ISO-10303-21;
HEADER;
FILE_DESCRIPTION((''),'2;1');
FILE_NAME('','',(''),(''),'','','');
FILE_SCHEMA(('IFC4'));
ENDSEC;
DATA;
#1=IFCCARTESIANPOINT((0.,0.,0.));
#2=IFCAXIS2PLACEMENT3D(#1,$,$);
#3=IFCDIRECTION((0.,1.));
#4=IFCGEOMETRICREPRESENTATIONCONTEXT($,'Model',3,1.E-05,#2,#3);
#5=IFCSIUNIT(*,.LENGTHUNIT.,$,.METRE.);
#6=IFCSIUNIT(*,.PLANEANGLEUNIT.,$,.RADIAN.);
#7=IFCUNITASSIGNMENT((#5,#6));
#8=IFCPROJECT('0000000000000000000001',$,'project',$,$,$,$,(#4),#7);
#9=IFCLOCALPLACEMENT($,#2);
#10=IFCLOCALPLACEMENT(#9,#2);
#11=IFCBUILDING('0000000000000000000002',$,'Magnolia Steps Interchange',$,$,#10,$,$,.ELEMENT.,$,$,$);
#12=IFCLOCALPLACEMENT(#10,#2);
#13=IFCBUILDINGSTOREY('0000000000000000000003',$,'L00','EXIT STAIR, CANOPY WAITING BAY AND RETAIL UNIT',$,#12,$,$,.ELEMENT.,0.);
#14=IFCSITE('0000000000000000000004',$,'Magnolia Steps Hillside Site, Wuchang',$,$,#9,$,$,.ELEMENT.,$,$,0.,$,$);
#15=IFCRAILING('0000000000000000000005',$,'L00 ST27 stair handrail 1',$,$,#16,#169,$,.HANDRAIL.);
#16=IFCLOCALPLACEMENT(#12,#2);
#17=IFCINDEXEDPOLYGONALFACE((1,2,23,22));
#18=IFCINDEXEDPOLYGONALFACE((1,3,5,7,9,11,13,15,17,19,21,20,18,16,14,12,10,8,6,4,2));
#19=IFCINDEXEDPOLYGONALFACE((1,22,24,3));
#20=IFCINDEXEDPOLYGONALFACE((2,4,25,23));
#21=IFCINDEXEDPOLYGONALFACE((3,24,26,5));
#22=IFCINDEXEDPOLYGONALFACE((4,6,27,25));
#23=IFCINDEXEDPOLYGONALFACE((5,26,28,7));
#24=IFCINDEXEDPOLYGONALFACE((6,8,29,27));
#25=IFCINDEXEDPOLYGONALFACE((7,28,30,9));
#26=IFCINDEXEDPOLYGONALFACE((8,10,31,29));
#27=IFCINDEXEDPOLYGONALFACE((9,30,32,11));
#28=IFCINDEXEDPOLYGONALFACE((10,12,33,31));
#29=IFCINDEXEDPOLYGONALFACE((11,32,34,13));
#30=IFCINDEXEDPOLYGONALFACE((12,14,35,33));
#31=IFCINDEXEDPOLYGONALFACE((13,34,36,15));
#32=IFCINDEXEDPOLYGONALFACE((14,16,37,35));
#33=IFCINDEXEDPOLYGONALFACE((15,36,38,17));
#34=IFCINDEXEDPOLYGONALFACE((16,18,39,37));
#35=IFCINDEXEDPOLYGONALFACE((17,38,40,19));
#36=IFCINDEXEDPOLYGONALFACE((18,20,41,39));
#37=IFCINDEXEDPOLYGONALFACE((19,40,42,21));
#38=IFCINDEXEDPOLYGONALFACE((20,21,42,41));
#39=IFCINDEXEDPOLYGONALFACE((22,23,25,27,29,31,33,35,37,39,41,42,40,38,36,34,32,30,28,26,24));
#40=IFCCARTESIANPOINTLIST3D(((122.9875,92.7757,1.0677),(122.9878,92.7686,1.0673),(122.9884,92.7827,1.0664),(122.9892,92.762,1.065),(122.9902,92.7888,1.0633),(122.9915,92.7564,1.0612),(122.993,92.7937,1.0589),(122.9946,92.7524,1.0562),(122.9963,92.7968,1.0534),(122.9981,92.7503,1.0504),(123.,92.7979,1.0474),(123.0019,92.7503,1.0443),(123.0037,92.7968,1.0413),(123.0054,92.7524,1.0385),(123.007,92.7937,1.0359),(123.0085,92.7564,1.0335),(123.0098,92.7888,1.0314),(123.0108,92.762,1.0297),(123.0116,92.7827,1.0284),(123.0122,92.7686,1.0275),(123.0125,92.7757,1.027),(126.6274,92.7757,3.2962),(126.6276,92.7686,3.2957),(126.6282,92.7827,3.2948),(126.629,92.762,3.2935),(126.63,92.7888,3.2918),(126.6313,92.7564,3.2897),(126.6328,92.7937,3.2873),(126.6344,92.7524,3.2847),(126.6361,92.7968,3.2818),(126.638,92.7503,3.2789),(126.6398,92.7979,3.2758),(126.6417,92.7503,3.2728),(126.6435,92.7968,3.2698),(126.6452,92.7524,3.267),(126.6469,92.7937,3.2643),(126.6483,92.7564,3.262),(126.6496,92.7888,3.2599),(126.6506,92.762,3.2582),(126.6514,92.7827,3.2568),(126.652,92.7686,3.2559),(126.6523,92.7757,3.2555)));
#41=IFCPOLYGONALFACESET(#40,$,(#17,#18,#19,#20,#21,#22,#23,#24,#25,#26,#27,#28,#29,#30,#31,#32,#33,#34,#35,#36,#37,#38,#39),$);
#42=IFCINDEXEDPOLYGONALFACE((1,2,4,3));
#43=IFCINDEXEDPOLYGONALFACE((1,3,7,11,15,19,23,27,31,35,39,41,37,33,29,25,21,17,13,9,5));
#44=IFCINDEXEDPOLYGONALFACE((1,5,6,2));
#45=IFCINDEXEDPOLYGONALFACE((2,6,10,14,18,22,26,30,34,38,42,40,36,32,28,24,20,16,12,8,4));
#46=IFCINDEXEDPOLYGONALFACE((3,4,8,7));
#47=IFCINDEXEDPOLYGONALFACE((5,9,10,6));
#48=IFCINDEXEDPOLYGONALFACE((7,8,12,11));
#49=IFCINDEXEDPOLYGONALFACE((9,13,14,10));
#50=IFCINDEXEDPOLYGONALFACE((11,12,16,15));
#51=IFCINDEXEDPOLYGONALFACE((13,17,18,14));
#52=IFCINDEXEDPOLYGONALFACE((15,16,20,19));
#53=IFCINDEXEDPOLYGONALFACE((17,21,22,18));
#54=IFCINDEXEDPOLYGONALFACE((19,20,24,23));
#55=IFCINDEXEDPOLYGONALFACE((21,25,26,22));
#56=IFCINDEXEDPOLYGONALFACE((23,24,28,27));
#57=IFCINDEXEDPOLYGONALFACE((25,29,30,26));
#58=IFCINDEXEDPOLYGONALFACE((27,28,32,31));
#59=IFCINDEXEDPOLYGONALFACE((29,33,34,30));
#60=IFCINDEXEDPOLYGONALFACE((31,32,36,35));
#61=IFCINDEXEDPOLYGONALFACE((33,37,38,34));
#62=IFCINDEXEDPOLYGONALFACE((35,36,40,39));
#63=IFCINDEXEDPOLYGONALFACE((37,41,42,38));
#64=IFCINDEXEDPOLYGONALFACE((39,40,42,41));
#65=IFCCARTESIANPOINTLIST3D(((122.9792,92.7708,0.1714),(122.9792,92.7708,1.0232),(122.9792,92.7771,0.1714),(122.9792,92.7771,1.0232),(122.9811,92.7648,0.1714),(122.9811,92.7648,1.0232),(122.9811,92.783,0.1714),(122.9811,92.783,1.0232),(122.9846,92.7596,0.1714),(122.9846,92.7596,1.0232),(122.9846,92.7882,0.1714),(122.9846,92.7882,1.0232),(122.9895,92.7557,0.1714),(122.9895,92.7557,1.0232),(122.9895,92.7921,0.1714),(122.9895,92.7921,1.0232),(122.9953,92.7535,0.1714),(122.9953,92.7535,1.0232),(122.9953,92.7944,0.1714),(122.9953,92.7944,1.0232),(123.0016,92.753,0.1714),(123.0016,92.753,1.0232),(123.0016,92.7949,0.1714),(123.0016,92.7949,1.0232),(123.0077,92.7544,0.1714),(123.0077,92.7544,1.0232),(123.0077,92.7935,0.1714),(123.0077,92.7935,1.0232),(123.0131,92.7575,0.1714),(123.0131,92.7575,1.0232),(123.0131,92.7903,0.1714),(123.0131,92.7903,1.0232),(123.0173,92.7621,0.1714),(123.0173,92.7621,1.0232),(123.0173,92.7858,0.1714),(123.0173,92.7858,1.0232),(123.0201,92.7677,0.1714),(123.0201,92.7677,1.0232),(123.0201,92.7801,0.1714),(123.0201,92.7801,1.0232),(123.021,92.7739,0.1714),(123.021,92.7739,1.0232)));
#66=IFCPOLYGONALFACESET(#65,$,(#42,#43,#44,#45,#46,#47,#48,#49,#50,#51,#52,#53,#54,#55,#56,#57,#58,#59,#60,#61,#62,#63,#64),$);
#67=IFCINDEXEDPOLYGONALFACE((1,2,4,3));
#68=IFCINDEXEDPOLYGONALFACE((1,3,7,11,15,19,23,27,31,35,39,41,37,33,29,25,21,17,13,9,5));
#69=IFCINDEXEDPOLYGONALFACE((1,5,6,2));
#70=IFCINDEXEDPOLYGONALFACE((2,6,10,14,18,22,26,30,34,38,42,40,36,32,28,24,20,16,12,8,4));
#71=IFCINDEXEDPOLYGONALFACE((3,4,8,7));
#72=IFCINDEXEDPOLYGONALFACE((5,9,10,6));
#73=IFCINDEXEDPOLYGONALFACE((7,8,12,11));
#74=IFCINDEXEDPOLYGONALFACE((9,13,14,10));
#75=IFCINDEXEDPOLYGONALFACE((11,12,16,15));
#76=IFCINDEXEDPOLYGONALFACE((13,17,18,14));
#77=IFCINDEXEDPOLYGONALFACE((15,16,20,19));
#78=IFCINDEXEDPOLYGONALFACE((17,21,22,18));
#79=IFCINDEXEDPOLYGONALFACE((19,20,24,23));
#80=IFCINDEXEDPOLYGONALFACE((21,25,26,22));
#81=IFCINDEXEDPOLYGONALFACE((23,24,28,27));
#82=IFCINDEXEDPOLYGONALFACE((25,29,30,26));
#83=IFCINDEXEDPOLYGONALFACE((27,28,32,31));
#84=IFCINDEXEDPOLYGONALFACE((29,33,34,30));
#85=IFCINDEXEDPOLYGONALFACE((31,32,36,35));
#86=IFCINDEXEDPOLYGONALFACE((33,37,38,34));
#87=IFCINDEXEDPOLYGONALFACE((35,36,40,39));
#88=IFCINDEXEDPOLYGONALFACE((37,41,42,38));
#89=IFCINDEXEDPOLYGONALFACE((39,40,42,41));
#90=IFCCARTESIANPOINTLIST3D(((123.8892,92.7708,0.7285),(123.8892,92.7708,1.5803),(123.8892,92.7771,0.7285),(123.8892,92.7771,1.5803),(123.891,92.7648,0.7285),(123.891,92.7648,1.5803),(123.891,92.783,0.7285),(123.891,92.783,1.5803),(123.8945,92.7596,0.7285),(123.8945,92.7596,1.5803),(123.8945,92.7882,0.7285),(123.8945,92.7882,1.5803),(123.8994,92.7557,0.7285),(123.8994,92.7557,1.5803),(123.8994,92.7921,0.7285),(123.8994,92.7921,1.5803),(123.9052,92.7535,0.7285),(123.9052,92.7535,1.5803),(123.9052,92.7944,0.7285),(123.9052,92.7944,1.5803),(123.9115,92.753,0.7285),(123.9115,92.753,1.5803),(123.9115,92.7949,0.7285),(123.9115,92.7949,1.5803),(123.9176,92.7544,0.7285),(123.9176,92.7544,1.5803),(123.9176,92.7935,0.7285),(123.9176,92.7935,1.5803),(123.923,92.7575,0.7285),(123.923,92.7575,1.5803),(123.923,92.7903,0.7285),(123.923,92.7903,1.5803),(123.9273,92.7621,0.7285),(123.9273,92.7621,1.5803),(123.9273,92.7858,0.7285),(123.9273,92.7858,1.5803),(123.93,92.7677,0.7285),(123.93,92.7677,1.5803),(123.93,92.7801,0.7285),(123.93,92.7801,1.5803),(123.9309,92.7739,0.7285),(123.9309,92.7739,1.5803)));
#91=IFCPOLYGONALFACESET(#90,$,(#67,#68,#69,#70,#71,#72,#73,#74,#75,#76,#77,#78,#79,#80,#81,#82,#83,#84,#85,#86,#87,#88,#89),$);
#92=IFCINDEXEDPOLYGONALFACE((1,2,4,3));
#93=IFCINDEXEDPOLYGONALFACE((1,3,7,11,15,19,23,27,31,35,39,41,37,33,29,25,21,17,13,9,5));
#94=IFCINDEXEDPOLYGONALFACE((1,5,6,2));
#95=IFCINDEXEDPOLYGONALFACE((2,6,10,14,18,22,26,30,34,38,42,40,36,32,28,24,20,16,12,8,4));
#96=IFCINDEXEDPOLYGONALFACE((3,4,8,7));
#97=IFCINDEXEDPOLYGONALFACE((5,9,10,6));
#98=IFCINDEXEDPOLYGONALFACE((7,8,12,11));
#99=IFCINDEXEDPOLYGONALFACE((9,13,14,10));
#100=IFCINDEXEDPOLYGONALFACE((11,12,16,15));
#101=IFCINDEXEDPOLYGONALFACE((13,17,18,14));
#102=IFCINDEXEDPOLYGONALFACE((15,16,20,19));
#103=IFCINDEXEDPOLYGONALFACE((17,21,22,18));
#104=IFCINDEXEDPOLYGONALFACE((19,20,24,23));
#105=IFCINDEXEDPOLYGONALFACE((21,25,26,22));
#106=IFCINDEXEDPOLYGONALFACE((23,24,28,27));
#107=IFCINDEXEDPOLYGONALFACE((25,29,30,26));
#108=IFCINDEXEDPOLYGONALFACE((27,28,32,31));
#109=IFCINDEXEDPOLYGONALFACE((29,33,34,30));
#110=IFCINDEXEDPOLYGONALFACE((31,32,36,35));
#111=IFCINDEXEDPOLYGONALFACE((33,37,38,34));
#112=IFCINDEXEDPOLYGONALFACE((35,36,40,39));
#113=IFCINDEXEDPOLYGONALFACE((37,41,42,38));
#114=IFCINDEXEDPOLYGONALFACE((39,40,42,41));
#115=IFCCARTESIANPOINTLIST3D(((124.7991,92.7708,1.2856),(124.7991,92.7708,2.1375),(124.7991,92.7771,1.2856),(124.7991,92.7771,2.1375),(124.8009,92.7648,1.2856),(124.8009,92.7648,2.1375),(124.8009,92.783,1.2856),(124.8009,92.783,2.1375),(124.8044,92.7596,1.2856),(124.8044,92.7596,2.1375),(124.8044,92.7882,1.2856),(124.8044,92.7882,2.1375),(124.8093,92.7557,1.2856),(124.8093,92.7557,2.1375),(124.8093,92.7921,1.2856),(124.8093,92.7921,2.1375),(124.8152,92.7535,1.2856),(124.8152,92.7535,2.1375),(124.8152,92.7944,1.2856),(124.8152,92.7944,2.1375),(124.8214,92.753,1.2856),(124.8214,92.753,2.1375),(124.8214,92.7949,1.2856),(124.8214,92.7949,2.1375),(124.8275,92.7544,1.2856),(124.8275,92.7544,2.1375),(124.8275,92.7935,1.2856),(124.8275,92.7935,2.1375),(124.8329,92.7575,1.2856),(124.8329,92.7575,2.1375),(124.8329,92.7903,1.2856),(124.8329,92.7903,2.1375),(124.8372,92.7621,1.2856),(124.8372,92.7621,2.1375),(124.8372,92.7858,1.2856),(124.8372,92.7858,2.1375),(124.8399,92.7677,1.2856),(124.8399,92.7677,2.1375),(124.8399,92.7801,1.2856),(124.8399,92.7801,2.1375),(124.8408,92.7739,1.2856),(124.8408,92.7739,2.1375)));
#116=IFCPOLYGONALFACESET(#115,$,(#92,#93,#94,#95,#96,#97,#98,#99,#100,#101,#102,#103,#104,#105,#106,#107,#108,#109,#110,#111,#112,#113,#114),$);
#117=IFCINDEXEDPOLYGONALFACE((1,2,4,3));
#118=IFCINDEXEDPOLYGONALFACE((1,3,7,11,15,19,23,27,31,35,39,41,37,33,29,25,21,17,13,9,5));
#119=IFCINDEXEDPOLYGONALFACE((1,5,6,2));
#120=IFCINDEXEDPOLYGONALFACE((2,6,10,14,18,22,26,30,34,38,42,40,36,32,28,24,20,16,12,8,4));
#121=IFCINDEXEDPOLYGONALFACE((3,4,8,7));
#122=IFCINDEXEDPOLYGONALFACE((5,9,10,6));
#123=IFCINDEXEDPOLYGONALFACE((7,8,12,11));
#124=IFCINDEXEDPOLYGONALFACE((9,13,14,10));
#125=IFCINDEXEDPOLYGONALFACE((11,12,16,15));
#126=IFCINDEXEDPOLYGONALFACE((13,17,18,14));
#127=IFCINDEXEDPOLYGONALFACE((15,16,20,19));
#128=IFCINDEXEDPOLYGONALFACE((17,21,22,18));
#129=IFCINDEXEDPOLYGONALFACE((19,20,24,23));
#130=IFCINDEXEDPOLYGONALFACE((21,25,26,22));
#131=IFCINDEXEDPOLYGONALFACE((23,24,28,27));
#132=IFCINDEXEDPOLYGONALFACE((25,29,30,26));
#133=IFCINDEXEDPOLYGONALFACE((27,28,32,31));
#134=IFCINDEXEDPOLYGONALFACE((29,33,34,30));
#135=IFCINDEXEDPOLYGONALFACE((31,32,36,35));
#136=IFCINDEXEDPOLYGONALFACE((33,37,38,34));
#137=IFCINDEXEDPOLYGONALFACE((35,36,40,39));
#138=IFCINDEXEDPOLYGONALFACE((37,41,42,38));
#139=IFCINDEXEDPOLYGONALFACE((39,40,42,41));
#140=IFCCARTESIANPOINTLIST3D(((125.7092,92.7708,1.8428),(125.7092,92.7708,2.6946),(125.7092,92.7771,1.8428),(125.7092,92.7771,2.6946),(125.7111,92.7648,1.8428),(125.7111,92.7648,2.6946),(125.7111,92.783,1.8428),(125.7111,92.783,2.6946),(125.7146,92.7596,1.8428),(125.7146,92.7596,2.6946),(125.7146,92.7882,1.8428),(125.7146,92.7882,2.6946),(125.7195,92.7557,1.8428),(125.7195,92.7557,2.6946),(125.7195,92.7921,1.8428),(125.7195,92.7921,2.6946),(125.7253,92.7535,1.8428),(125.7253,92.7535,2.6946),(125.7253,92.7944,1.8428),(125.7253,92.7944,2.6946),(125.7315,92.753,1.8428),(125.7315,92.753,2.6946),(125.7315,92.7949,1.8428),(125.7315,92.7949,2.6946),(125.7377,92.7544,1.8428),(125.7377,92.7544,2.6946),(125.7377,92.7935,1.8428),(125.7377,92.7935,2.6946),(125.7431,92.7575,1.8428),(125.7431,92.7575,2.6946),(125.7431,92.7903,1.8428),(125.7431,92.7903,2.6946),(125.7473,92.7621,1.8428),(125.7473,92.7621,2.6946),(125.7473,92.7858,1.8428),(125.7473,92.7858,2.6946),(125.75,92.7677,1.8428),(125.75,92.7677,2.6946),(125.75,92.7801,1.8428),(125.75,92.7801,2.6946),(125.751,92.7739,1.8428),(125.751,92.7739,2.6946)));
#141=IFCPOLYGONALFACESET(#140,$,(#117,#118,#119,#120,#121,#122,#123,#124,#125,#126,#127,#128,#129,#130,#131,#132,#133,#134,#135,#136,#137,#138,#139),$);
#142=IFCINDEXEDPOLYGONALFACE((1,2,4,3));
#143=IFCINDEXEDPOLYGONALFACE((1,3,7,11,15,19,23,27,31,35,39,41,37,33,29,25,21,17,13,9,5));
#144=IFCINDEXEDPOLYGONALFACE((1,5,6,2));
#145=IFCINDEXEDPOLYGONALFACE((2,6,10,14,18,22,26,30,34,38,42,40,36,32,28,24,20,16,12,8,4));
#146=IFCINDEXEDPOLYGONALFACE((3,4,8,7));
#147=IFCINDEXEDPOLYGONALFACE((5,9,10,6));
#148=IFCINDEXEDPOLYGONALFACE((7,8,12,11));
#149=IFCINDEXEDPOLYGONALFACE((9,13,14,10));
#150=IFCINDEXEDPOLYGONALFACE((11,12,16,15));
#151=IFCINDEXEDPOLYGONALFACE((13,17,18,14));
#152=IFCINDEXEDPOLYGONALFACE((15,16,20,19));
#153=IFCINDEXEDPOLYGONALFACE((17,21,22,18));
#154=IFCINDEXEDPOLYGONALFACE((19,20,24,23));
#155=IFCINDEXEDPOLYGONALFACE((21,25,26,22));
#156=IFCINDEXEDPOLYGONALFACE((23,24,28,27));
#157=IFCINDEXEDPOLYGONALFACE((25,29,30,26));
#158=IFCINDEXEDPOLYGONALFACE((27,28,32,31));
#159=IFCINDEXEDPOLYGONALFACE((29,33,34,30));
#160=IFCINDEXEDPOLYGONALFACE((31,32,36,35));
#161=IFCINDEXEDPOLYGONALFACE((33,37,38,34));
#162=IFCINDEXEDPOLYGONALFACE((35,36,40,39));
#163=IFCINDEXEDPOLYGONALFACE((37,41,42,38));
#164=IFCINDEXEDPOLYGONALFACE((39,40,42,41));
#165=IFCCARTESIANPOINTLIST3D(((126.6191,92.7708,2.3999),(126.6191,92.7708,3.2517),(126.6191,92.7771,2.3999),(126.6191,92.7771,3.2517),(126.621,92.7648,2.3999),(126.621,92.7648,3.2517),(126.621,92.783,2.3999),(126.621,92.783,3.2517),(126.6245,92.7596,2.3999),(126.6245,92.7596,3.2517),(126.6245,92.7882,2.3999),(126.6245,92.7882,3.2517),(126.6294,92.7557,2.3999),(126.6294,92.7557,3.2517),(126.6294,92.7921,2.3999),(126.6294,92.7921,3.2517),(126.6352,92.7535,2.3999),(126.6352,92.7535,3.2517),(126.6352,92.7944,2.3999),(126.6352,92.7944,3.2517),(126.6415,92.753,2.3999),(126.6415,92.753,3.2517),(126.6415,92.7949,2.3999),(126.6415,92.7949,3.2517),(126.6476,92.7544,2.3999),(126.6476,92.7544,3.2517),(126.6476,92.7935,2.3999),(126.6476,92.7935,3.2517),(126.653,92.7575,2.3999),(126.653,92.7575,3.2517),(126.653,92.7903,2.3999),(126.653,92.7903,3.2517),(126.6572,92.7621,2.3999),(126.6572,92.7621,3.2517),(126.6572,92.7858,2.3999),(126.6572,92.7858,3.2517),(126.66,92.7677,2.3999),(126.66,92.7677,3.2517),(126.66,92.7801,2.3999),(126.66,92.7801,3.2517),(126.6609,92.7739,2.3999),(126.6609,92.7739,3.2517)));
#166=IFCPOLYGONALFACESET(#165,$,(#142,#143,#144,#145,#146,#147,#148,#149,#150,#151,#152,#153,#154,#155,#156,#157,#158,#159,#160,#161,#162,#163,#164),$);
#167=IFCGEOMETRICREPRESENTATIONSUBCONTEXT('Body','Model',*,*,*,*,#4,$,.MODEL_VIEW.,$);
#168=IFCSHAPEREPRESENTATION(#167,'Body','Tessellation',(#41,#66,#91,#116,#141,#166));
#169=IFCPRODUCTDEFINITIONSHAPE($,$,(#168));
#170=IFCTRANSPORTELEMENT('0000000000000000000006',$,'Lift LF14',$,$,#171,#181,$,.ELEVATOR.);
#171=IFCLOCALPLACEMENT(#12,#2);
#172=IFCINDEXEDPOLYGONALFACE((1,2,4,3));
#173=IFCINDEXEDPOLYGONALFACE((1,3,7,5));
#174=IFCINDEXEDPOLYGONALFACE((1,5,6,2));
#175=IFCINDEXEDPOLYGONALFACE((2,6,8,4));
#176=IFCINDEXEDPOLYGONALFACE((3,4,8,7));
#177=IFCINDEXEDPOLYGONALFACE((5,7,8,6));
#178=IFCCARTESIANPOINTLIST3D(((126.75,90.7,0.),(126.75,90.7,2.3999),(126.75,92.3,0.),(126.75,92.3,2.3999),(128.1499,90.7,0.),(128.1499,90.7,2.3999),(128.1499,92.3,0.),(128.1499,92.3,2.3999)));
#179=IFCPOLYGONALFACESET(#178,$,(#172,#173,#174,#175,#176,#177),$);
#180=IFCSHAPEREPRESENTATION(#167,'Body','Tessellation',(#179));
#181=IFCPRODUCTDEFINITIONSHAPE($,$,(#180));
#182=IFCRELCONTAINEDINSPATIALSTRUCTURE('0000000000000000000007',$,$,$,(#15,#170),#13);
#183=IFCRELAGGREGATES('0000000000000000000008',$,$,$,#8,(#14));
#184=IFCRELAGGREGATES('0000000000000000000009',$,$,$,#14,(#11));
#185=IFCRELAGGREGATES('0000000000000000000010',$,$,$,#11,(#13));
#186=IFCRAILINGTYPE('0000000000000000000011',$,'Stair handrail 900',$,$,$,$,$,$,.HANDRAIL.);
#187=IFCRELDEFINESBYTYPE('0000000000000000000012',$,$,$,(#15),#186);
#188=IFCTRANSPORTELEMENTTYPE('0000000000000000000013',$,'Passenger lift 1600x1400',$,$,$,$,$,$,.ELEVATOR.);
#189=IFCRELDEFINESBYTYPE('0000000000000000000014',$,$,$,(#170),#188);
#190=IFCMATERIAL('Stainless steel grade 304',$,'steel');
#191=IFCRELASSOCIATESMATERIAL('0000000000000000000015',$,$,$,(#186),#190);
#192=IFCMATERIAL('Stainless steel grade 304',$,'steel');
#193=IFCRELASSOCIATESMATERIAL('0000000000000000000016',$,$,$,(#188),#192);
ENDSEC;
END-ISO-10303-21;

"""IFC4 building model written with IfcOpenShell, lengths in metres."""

from ifc_helpers import new_model, si_unit, direction, frame, origin, origin_2d, place, context, subcontext, project, spatial, rectangle, circle, extrude, material, type_object, element, save


model = new_model("IFC4")

# Units and contexts
model_context = context("Model", 3, precision=1e-05, world=origin(), true_north=direction((0.0, 1.0)))
body_context = subcontext(model_context, "Body", "Model", "MODEL_VIEW")
ifc_project = project(units=[si_unit("LENGTHUNIT", "METRE"), si_unit("PLANEANGLEUNIT", "RADIAN")], contexts=[model_context])

# Site, building, storey
site_placement = place(None, origin())
site = spatial("IfcSite", under=ifc_project, at=site_placement, Name="Magnolia Steps Hillside Site, Wuchang", CompositionType="ELEMENT", RefElevation=0.0)
building_placement = place(site_placement, origin())
building = spatial("IfcBuilding", under=site, at=building_placement, Name="Magnolia Steps Interchange", CompositionType="ELEMENT")
storey_placement = place(building_placement, origin())
storey = spatial("IfcBuildingStorey", under=building, at=storey_placement, Name="L00", Description="EXIT STAIR, CANOPY WAITING BAY AND RETAIL UNIT", CompositionType="ELEMENT", Elevation=0.0)

# Railing
ifc_material_1 = material(Name="Stainless steel grade 304", Category="steel")
railing_type_1 = type_object("IfcRailingType", Name="Stair handrail 900", PredefinedType="HANDRAIL", material=ifc_material_1)
railing_1_placement = place(storey_placement, frame((123.0, 92.7739, 0.1714)))
element("IfcRailing", 1, at=railing_1_placement, inside=storey, type_object=railing_type_1, Name="L00 ST27 stair handrail 1", PredefinedType="HANDRAIL", context=body_context, shape_type="SweptSolid", body=[
    extrude(circle(Radius=0.0239, at=origin_2d()), frame((0.0, 0.0, 0.876), z_axis=(0.85285, 0.0, 0.522156), x_axis=(0.0, 1.0, 0.0)), (0.0, 0.0, 1.0), 4.2678),
    extrude(circle(Radius=0.021, at=origin_2d()), origin(), (0.0, 0.0, 1.0), 0.8518),
    extrude(circle(Radius=0.021, at=origin_2d()), frame((0.9099, 0.0, 0.5571)), (0.0, 0.0, 1.0), 0.8518),
    extrude(circle(Radius=0.021, at=origin_2d()), frame((1.8198, 0.0, 1.1143)), (0.0, 0.0, 1.0), 0.8518),
    extrude(circle(Radius=0.021, at=origin_2d()), frame((2.73, 0.0, 1.6714)), (0.0, 0.0, 1.0), 0.8518),
    extrude(circle(Radius=0.021, at=origin_2d()), frame((3.6399, 0.0, 2.2285)), (0.0, 0.0, 1.0), 0.8518),
])

# Transport element
ifc_material_2 = material(Name="Stainless steel grade 304", Category="steel")
transport_element_type = type_object("IfcTransportElementType", Name="Passenger lift 1600x1400", PredefinedType="ELEVATOR", material=ifc_material_2)
transport_element_placement = place(storey_placement, frame((127.45, 91.5, 0.0), z_axis=(0.0, 0.0, 1.0), x_axis=(0.0, -1.0, 0.0)))
element("IfcTransportElement", 2, at=transport_element_placement, inside=storey, type_object=transport_element_type, Name="Lift LF14", PredefinedType="ELEVATOR", context=body_context, shape_type="SweptSolid", body=[
    extrude(rectangle(XDim=1.6001, YDim=1.3999, at=origin_2d()), origin(), (0.0, 0.0, 1.0), 2.3999),
])

save(model, "model.ifc")
